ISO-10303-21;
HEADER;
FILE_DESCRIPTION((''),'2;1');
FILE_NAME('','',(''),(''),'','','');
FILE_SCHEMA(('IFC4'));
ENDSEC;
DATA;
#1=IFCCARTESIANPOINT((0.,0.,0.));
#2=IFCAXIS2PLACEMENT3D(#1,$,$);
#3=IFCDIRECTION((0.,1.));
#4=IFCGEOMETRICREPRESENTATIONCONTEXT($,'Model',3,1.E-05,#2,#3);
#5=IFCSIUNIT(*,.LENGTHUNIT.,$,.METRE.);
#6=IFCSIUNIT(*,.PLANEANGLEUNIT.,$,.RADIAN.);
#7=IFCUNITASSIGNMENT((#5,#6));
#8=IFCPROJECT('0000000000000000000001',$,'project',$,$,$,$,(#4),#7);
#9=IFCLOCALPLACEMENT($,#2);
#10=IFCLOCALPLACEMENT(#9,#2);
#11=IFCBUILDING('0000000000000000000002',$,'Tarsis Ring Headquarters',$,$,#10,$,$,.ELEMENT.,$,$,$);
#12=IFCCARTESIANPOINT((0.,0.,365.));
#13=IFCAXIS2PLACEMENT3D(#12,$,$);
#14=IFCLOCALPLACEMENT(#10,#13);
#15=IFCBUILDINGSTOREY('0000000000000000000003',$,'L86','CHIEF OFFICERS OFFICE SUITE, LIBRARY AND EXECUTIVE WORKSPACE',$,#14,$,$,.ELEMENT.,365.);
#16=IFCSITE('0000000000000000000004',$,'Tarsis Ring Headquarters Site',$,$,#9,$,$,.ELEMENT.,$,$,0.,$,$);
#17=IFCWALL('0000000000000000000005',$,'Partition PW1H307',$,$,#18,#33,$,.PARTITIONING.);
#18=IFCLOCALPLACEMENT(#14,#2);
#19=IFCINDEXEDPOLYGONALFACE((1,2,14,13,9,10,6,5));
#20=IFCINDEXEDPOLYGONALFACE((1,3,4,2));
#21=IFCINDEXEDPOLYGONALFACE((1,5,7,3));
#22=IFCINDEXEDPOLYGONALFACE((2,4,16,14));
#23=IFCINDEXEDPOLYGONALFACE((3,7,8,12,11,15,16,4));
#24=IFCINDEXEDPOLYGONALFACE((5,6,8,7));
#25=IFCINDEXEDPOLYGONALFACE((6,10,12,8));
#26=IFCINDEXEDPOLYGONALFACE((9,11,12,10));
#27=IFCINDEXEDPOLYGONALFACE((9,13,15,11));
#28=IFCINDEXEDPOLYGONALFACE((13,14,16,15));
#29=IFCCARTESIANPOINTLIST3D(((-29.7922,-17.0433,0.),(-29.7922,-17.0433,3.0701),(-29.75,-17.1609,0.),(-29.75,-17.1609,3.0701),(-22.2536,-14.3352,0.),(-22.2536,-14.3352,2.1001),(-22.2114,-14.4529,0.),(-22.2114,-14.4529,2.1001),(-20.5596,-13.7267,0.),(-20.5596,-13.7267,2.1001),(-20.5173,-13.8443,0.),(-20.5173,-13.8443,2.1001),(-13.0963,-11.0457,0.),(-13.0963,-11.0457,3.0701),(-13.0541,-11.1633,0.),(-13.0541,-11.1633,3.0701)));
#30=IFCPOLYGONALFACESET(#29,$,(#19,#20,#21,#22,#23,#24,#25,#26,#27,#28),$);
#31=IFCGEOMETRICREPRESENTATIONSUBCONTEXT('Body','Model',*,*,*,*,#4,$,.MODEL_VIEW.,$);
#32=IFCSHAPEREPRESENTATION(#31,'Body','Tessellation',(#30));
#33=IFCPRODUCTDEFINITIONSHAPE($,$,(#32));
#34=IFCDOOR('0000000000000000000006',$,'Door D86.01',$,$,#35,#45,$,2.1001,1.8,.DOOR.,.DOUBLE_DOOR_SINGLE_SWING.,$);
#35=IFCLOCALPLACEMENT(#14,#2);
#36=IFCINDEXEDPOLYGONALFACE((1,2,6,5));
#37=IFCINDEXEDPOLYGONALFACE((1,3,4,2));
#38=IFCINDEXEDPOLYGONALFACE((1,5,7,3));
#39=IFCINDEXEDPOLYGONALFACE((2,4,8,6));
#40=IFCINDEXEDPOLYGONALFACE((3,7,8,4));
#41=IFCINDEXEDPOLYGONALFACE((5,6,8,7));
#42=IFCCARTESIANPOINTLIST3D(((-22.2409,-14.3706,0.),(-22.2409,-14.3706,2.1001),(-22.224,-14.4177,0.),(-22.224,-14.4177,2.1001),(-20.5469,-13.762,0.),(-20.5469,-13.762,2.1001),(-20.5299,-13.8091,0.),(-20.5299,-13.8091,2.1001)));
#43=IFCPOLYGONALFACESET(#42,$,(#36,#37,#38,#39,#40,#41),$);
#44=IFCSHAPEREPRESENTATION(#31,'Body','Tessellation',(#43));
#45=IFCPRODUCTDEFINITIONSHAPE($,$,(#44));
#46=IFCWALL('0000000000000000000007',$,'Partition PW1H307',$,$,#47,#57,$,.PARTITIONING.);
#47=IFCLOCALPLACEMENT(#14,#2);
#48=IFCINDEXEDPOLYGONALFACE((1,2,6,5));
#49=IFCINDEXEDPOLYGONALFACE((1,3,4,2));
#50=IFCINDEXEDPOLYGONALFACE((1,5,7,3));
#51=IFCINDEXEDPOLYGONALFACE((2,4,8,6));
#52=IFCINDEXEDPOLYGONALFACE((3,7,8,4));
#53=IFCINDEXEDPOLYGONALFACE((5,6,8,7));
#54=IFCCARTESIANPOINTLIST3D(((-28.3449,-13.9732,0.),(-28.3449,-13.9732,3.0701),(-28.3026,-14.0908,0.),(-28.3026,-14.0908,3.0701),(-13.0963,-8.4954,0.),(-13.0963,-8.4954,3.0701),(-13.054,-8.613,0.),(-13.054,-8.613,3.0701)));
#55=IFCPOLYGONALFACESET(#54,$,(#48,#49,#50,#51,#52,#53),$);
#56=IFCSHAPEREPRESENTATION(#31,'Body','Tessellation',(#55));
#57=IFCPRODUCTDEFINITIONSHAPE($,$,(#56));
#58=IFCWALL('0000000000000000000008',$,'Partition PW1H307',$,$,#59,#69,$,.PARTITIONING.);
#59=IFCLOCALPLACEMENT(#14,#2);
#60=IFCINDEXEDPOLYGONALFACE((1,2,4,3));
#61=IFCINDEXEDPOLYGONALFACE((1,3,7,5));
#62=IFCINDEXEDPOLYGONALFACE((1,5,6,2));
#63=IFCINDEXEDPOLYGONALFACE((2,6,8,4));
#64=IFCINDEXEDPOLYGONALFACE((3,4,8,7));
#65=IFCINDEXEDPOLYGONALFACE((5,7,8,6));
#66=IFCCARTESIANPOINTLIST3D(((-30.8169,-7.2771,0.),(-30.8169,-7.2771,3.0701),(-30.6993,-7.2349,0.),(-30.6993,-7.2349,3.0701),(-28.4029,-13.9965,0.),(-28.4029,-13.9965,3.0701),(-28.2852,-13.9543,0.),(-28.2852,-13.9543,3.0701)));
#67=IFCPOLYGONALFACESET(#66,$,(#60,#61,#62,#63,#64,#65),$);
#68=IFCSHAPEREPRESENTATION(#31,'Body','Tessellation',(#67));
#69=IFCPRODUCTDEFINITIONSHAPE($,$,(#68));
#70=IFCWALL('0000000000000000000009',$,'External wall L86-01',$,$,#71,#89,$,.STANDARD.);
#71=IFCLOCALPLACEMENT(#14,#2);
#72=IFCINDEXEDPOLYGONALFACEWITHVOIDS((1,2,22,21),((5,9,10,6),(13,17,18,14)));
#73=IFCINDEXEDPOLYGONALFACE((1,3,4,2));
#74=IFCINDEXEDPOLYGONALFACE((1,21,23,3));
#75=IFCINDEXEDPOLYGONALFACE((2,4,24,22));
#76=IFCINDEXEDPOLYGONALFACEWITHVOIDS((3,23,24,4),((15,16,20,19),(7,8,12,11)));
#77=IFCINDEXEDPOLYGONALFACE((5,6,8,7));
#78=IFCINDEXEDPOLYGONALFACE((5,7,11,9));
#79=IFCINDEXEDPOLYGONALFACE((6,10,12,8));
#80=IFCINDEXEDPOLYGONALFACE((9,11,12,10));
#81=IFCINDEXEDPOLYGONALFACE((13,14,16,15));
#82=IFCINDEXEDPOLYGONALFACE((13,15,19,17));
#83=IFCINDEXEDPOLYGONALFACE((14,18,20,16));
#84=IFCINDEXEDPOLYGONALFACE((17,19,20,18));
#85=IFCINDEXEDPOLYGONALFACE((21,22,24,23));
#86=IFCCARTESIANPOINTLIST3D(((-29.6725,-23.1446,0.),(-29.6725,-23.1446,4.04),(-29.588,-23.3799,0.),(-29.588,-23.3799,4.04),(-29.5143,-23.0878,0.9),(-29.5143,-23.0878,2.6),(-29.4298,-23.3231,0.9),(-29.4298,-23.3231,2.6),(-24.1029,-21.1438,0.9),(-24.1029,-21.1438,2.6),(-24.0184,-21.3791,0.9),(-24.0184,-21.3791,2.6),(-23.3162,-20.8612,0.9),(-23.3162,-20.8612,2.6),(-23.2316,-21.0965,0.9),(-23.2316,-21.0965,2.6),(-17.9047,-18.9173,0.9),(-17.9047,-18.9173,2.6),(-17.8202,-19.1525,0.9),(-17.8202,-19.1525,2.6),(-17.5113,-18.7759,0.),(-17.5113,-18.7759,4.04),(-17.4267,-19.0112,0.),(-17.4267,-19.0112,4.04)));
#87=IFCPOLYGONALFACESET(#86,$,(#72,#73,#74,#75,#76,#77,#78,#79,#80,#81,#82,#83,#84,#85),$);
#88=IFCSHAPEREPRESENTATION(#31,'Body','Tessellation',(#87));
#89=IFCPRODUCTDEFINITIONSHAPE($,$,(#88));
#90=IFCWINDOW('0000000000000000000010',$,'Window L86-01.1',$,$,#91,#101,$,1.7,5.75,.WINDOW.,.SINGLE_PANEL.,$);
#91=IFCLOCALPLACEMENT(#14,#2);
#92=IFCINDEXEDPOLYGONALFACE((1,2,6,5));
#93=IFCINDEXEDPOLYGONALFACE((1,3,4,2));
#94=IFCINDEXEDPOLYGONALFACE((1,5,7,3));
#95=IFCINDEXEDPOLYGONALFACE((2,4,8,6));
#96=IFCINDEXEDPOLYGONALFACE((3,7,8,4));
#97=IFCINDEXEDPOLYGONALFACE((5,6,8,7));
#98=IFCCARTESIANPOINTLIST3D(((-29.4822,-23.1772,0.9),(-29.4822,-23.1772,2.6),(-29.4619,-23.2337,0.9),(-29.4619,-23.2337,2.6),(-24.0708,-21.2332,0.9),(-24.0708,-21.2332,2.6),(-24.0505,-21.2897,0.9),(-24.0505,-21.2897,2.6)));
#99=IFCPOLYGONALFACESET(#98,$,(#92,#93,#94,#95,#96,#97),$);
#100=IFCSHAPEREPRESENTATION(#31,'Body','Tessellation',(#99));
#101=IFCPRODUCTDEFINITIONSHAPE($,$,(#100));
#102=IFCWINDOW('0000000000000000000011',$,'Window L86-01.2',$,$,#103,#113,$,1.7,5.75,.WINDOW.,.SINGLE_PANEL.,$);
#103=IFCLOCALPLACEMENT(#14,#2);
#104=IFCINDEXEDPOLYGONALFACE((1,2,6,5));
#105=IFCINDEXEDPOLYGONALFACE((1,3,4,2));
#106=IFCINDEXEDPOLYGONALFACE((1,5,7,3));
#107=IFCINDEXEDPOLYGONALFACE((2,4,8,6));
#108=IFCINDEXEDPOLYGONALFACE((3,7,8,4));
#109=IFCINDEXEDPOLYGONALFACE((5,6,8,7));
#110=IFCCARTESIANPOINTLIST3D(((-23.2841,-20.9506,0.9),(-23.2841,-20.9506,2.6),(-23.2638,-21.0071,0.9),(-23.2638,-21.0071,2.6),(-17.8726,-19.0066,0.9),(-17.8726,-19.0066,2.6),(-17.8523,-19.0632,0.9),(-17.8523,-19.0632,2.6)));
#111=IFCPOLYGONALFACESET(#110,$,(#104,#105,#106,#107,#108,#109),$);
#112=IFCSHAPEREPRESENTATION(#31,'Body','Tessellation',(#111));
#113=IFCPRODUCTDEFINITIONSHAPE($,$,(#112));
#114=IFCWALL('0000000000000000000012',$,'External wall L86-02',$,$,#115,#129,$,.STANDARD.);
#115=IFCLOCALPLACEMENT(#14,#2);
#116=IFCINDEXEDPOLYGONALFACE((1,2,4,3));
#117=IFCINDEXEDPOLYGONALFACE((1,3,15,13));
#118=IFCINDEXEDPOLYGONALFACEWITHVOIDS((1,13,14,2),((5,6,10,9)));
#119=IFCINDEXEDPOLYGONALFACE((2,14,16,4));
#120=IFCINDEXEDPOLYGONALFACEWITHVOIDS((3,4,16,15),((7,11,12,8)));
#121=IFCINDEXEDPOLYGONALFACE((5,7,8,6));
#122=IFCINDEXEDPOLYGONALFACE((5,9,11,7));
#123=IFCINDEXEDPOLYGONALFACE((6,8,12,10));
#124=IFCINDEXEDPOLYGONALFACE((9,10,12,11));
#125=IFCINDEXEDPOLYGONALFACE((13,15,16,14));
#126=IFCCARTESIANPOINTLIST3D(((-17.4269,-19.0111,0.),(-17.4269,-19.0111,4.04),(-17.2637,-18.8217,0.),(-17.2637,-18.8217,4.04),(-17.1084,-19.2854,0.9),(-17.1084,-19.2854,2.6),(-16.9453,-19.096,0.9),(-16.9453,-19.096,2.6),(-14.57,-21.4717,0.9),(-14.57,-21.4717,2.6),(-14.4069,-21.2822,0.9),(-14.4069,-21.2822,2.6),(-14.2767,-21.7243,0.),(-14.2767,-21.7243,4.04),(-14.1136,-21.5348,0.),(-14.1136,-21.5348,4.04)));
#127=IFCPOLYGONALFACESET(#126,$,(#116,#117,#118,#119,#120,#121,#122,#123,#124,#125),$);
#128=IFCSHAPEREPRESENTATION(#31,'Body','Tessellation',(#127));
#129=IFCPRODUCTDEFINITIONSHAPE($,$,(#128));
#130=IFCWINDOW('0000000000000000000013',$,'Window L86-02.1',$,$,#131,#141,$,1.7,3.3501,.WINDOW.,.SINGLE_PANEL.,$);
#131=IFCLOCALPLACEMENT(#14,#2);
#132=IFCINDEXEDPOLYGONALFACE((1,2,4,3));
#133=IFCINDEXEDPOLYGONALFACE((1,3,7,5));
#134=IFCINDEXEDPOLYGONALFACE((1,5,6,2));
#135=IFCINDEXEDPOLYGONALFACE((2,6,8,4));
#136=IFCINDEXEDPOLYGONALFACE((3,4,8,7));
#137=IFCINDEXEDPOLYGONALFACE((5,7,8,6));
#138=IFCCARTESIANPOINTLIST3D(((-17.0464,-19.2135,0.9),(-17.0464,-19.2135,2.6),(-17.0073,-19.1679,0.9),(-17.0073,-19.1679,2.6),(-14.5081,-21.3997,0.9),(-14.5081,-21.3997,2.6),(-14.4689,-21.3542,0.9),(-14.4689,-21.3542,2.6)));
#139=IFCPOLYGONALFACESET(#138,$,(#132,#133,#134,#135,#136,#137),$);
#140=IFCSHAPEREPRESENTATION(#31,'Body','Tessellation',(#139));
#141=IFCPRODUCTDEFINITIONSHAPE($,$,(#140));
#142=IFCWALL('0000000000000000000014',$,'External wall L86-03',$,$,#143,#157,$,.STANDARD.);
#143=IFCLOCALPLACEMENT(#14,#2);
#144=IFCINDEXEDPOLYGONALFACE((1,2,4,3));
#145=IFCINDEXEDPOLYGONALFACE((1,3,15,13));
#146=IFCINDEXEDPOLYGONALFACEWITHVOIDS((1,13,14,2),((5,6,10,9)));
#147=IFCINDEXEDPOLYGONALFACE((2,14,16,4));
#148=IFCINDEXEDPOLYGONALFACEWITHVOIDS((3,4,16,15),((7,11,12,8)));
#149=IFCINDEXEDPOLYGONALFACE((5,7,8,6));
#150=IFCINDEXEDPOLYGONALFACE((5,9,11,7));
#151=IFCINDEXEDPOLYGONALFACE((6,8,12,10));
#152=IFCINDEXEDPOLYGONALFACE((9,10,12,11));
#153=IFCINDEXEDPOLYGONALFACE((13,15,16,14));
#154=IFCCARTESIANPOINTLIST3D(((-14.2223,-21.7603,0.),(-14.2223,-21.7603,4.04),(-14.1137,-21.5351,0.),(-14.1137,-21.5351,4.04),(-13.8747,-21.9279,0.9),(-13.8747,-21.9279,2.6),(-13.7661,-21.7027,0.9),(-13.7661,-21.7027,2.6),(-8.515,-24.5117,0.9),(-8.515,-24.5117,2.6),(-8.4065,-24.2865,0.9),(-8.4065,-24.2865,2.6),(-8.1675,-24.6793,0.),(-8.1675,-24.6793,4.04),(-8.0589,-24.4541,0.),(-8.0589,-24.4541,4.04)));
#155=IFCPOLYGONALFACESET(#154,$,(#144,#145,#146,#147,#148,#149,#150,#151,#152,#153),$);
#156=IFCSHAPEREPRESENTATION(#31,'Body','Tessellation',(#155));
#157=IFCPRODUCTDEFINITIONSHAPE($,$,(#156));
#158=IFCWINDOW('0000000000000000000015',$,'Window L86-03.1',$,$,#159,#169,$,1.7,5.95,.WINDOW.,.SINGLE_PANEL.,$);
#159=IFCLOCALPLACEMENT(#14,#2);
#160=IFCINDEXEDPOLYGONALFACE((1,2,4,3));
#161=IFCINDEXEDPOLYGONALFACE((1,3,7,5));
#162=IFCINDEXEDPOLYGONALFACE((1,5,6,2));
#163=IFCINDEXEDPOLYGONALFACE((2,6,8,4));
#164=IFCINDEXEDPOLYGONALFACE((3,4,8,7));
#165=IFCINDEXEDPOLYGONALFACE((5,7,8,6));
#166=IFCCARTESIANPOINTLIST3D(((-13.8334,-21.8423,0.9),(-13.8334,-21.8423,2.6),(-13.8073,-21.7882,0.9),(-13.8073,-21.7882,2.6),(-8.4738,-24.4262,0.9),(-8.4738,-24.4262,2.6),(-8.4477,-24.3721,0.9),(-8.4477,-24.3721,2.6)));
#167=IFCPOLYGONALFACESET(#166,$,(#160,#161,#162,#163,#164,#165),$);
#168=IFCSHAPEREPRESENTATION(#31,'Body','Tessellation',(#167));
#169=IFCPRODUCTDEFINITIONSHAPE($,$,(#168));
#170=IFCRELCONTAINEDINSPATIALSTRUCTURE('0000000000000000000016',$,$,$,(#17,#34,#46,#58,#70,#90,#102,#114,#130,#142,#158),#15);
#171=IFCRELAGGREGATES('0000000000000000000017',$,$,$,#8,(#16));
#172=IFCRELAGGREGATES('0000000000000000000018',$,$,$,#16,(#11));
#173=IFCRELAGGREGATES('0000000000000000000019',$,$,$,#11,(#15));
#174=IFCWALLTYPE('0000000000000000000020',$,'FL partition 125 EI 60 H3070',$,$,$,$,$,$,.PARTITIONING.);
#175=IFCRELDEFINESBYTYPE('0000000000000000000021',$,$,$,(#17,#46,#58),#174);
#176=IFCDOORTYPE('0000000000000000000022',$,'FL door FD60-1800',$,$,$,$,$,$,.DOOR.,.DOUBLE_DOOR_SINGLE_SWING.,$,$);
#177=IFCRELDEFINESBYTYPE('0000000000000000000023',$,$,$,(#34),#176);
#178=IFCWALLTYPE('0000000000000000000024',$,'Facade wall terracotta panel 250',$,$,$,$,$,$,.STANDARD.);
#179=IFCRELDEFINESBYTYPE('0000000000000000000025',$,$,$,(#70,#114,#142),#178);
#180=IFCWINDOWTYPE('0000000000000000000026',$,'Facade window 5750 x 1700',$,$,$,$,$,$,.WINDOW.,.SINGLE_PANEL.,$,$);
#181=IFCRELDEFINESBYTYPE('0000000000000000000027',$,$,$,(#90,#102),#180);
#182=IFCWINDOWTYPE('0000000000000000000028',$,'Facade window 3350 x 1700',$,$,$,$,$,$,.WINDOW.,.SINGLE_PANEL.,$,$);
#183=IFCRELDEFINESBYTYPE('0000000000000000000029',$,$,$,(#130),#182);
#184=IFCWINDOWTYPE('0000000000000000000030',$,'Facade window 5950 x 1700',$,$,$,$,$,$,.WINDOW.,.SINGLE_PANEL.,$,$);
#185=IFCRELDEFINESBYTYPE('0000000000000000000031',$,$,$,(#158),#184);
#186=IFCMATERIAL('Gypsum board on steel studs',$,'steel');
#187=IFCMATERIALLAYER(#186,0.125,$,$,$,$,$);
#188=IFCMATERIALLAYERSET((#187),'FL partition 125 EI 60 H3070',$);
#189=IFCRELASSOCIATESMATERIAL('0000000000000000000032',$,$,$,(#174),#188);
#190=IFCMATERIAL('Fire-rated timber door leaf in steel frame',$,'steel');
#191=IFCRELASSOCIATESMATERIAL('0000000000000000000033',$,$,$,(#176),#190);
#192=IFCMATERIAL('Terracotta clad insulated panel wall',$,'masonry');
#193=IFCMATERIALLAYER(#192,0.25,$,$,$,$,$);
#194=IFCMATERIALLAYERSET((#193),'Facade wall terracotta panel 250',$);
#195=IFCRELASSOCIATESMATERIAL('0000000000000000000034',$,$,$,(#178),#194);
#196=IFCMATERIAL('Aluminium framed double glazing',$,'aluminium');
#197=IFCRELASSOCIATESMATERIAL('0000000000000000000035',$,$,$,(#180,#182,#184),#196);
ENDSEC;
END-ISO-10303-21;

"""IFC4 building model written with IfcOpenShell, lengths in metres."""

from ifc_helpers import new_model, si_unit, direction, frame, frame_2d, origin, place, context, subcontext, project, spatial, rectangle, extrude, material, layer, layer_set, type_object, element, fill, save


model = new_model("IFC4")

# Units and contexts
model_context = context("Model", 3, precision=1e-05, world=origin(), true_north=direction((0.0, 1.0)))
body_context = subcontext(model_context, "Body", "Model", "MODEL_VIEW")
ifc_project = project(units=[si_unit("LENGTHUNIT", "METRE"), si_unit("PLANEANGLEUNIT", "RADIAN")], contexts=[model_context])

# Site, building, storey
site_placement = place(None, origin())
site = spatial("IfcSite", under=ifc_project, at=site_placement, Name="Tarsis Ring Headquarters Site", CompositionType="ELEMENT", RefElevation=0.0)
building_placement = place(site_placement, origin())
building = spatial("IfcBuilding", under=site, at=building_placement, Name="Tarsis Ring Headquarters", CompositionType="ELEMENT")
storey_placement = place(building_placement, frame((0.0, 0.0, 365.0)))
storey = spatial("IfcBuildingStorey", under=building, at=storey_placement, Name="L86", Description="CHIEF OFFICERS OFFICE SUITE, LIBRARY AND EXECUTIVE WORKSPACE", CompositionType="ELEMENT", Elevation=365.0)

# Shared definitions
ifc_material_1 = material(Name="Gypsum board on steel studs", Category="steel")

# Shared definitions
ifc_layer_1 = layer(ifc_material_1, 0.125)
ifc_layer_set_1 = layer_set([ifc_layer_1], Name="FL partition 125 EI 60 H3070")
wall_type_1 = type_object("IfcWallType", Name="FL partition 125 EI 60 H3070", PredefinedType="PARTITIONING", material=ifc_layer_set_1)
ifc_material_2 = material(Name="Fire-rated timber door leaf in steel frame", Category="steel")
door_type_1 = type_object("IfcDoorType", Name="FL door FD60-1800", OperationType="DOUBLE_DOOR_SINGLE_SWING", PredefinedType="DOOR", material=ifc_material_2)

# Wall, opening, door
wall_1_placement = place(storey_placement, frame((-29.771, -17.1021, 0.0), z_axis=(0.0, 0.0, 1.0), x_axis=(0.941119, 0.338074, 0.0)))
wall_1 = element("IfcWall", 1, at=wall_1_placement, inside=storey, type_object=wall_type_1, Name="Partition PW1H307", PredefinedType="PARTITIONING", context=body_context, shape_type="SweptSolid", body=[
    extrude(rectangle(XDim=17.7405, YDim=0.125, at=frame_2d((8.8701, 0.0))), origin(), (0.0, 0.0, 1.0), 3.0701),
])
opening_1_placement = place(wall_1_placement, frame((8.0103, 0.0, 0.0)))
opening_1 = element("IfcOpeningElement", 2, at=opening_1_placement, cuts=wall_1, PredefinedType="OPENING", context=body_context, shape_type="SweptSolid", body=[
    extrude(rectangle(XDim=1.8, YDim=2.1001, at=frame_2d((0.8999, 1.05))), frame((0.0, 0.0725, 0.0), z_axis=(0.0, -1.0, 0.0), x_axis=(1.0, 0.0, 0.0)), (0.0, 0.0, 1.0), 0.145),
])
door_1_placement = place(opening_1_placement, origin())
door_1 = element("IfcDoor", 3, at=door_1_placement, inside=storey, type_object=door_type_1, Name="Door D86.01", OperationType="DOUBLE_DOOR_SINGLE_SWING", OverallHeight=2.1001, OverallWidth=1.8, PredefinedType="DOOR", context=body_context, shape_type="SweptSolid", body=[
    extrude(rectangle(XDim=1.8, YDim=2.1001, at=frame_2d((0.8999, 1.05))), frame((0.0, 0.0249, 0.0), z_axis=(0.0, -1.0, 0.0), x_axis=(1.0, 0.0, 0.0)), (0.0, 0.0, 1.0), 0.05),
])
fill(opening_1, door_1)

# Walls
wall_2_placement = place(storey_placement, frame((-28.3237, -14.032, 0.0), z_axis=(0.0, 0.0, 1.0), x_axis=(0.941117, 0.338081, 0.0)))
element("IfcWall", 4, at=wall_2_placement, inside=storey, type_object=wall_type_1, Name="Partition PW1H307", PredefinedType="PARTITIONING", context=body_context, shape_type="SweptSolid", body=[
    extrude(rectangle(XDim=16.2026, YDim=0.125, at=frame_2d((8.1013, 0.0))), origin(), (0.0, 0.0, 1.0), 3.0701),
])
wall_3_placement = place(storey_placement, frame((-30.7581, -7.2561, 0.0), z_axis=(0.0, 0.0, 1.0), x_axis=(0.338106, -0.941108, 0.0)))
element("IfcWall", 5, at=wall_3_placement, inside=storey, type_object=wall_type_1, Name="Partition PW1H307", PredefinedType="PARTITIONING", context=body_context, shape_type="SweptSolid", body=[
    extrude(rectangle(XDim=7.1399, YDim=0.125, at=frame_2d((3.5698, 0.0))), origin(), (0.0, 0.0, 1.0), 3.0701),
])

# Wall, openings, windows
ifc_material_3 = material(Name="Terracotta clad insulated panel wall", Category="masonry")
ifc_layer_2 = layer(ifc_material_3, 0.25)
ifc_layer_set_2 = layer_set([ifc_layer_2], Name="Facade wall terracotta panel 250")
wall_type_2 = type_object("IfcWallType", Name="Facade wall terracotta panel 250", PredefinedType="STANDARD", material=ifc_layer_set_2)
wall_4_placement = place(storey_placement, frame((-29.6301, -23.2622, 0.0), z_axis=(0.0, 0.0, 1.0), x_axis=(0.941118, 0.338078, 0.0)))
wall_4 = element("IfcWall", 6, at=wall_4_placement, inside=storey, type_object=wall_type_2, Name="External wall L86-01", PredefinedType="STANDARD", context=body_context, shape_type="SweptSolid", body=[
    extrude(rectangle(XDim=12.9221, YDim=0.25, at=frame_2d((6.4609, 0.0))), origin(), (0.0, 0.0, 1.0), 4.04),
])
opening_2_placement = place(wall_4_placement, frame((0.168, 0.0, 0.8999)))
opening_2 = element("IfcOpeningElement", 7, at=opening_2_placement, cuts=wall_4, PredefinedType="OPENING", context=body_context, shape_type="SweptSolid", body=[
    extrude(rectangle(XDim=5.75, YDim=1.7, at=frame_2d((2.875, 0.8501))), frame((0.0, 0.135, 0.0), z_axis=(0.0, -1.0, 0.0), x_axis=(1.0, 0.0, 0.0)), (0.0, 0.0, 1.0), 0.27),
])
opening_3_placement = place(wall_4_placement, frame((6.7539, 0.0, 0.8999)))
opening_3 = element("IfcOpeningElement", 8, at=opening_3_placement, cuts=wall_4, PredefinedType="OPENING", context=body_context, shape_type="SweptSolid", body=[
    extrude(rectangle(XDim=5.75, YDim=1.7, at=frame_2d((2.875, 0.8501))), frame((0.0, 0.135, 0.0), z_axis=(0.0, -1.0, 0.0), x_axis=(1.0, 0.0, 0.0)), (0.0, 0.0, 1.0), 0.27),
])
ifc_material_4 = material(Name="Aluminium framed double glazing", Category="aluminium")
window_type_1 = type_object("IfcWindowType", Name="Facade window 5750 x 1700", PartitioningType="SINGLE_PANEL", PredefinedType="WINDOW", material=ifc_material_4)
window_1_placement = place(opening_2_placement, origin())
window_1 = element("IfcWindow", 9, at=window_1_placement, inside=storey, type_object=window_type_1, Name="Window L86-01.1", OverallHeight=1.7, OverallWidth=5.75, PartitioningType="SINGLE_PANEL", PredefinedType="WINDOW", context=body_context, shape_type="SweptSolid", body=[
    extrude(rectangle(XDim=5.75, YDim=1.7, at=frame_2d((2.875, 0.8501))), frame((0.0, 0.03, 0.0), z_axis=(0.0, -1.0, 0.0), x_axis=(1.0, 0.0, 0.0)), (0.0, 0.0, 1.0), 0.0601),
])
fill(opening_2, window_1)
window_2_placement = place(opening_3_placement, origin())
window_2 = element("IfcWindow", 10, at=window_2_placement, inside=storey, type_object=window_type_1, Name="Window L86-01.2", OverallHeight=1.7, OverallWidth=5.75, PartitioningType="SINGLE_PANEL", PredefinedType="WINDOW", context=body_context, shape_type="SweptSolid", body=[
    extrude(rectangle(XDim=5.75, YDim=1.7, at=frame_2d((2.875, 0.8501))), frame((0.0, 0.03, 0.0), z_axis=(0.0, -1.0, 0.0), x_axis=(1.0, 0.0, 0.0)), (0.0, 0.0, 1.0), 0.0601),
])
fill(opening_3, window_2)

# Walls, openings, windows
wall_5_placement = place(storey_placement, frame((-17.3452, -18.9165, 0.0), z_axis=(0.0, 0.0, 1.0), x_axis=(0.757708, -0.652593, 0.0)))
wall_5 = element("IfcWall", 11, at=wall_5_placement, inside=storey, type_object=wall_type_2, Name="External wall L86-02", PredefinedType="STANDARD", context=body_context, shape_type="SweptSolid", body=[
    extrude(rectangle(XDim=4.1575, YDim=0.25, at=frame_2d((2.0786, 0.0))), origin(), (0.0, 0.0, 1.0), 4.04),
])
opening_4_placement = place(wall_5_placement, frame((0.4202, 0.0, 0.8999)))
opening_4 = element("IfcOpeningElement", 12, at=opening_4_placement, cuts=wall_5, PredefinedType="OPENING", context=body_context, shape_type="SweptSolid", body=[
    extrude(rectangle(XDim=3.3501, YDim=1.7, at=frame_2d((1.675, 0.8501))), frame((0.0, 0.135, 0.0), z_axis=(0.0, -1.0, 0.0), x_axis=(1.0, 0.0, 0.0)), (0.0, 0.0, 1.0), 0.27),
])
window_type_2 = type_object("IfcWindowType", Name="Facade window 3350 x 1700", PartitioningType="SINGLE_PANEL", PredefinedType="WINDOW", material=ifc_material_4)
window_3_placement = place(opening_4_placement, origin())
window_3 = element("IfcWindow", 13, at=window_3_placement, inside=storey, type_object=window_type_2, Name="Window L86-02.1", OverallHeight=1.7, OverallWidth=3.3501, PartitioningType="SINGLE_PANEL", PredefinedType="WINDOW", context=body_context, shape_type="SweptSolid", body=[
    extrude(rectangle(XDim=3.3501, YDim=1.7, at=frame_2d((1.675, 0.8501))), frame((0.0, 0.03, 0.0), z_axis=(0.0, -1.0, 0.0), x_axis=(1.0, 0.0, 0.0)), (0.0, 0.0, 1.0), 0.0601),
])
fill(opening_4, window_3)
wall_6_placement = place(storey_placement, frame((-14.168, -21.6477, 0.0), z_axis=(0.0, 0.0, 1.0), x_axis=(0.900785, -0.434266, 0.0)))
wall_6 = element("IfcWall", 14, at=wall_6_placement, inside=storey, type_object=wall_type_2, Name="External wall L86-03", PredefinedType="STANDARD", context=body_context, shape_type="SweptSolid", body=[
    extrude(rectangle(XDim=6.7217, YDim=0.25, at=frame_2d((3.3608, 0.0))), origin(), (0.0, 0.0, 1.0), 4.04),
])
opening_5_placement = place(wall_6_placement, frame((0.3857, 0.0, 0.8999)))
opening_5 = element("IfcOpeningElement", 15, at=opening_5_placement, cuts=wall_6, PredefinedType="OPENING", context=body_context, shape_type="SweptSolid", body=[
    extrude(rectangle(XDim=5.95, YDim=1.7, at=frame_2d((2.9751, 0.8501))), frame((0.0, 0.135, 0.0), z_axis=(0.0, -1.0, 0.0), x_axis=(1.0, 0.0, 0.0)), (0.0, 0.0, 1.0), 0.27),
])
window_type_3 = type_object("IfcWindowType", Name="Facade window 5950 x 1700", PartitioningType="SINGLE_PANEL", PredefinedType="WINDOW", material=ifc_material_4)
window_4_placement = place(opening_5_placement, origin())
window_4 = element("IfcWindow", 16, at=window_4_placement, inside=storey, type_object=window_type_3, Name="Window L86-03.1", OverallHeight=1.7, OverallWidth=5.95, PartitioningType="SINGLE_PANEL", PredefinedType="WINDOW", context=body_context, shape_type="SweptSolid", body=[
    extrude(rectangle(XDim=5.95, YDim=1.7, at=frame_2d((2.9751, 0.8501))), frame((0.0, 0.03, 0.0), z_axis=(0.0, -1.0, 0.0), x_axis=(1.0, 0.0, 0.0)), (0.0, 0.0, 1.0), 0.0601),
])
fill(opening_5, window_4)

save(model, "model.ifc")
